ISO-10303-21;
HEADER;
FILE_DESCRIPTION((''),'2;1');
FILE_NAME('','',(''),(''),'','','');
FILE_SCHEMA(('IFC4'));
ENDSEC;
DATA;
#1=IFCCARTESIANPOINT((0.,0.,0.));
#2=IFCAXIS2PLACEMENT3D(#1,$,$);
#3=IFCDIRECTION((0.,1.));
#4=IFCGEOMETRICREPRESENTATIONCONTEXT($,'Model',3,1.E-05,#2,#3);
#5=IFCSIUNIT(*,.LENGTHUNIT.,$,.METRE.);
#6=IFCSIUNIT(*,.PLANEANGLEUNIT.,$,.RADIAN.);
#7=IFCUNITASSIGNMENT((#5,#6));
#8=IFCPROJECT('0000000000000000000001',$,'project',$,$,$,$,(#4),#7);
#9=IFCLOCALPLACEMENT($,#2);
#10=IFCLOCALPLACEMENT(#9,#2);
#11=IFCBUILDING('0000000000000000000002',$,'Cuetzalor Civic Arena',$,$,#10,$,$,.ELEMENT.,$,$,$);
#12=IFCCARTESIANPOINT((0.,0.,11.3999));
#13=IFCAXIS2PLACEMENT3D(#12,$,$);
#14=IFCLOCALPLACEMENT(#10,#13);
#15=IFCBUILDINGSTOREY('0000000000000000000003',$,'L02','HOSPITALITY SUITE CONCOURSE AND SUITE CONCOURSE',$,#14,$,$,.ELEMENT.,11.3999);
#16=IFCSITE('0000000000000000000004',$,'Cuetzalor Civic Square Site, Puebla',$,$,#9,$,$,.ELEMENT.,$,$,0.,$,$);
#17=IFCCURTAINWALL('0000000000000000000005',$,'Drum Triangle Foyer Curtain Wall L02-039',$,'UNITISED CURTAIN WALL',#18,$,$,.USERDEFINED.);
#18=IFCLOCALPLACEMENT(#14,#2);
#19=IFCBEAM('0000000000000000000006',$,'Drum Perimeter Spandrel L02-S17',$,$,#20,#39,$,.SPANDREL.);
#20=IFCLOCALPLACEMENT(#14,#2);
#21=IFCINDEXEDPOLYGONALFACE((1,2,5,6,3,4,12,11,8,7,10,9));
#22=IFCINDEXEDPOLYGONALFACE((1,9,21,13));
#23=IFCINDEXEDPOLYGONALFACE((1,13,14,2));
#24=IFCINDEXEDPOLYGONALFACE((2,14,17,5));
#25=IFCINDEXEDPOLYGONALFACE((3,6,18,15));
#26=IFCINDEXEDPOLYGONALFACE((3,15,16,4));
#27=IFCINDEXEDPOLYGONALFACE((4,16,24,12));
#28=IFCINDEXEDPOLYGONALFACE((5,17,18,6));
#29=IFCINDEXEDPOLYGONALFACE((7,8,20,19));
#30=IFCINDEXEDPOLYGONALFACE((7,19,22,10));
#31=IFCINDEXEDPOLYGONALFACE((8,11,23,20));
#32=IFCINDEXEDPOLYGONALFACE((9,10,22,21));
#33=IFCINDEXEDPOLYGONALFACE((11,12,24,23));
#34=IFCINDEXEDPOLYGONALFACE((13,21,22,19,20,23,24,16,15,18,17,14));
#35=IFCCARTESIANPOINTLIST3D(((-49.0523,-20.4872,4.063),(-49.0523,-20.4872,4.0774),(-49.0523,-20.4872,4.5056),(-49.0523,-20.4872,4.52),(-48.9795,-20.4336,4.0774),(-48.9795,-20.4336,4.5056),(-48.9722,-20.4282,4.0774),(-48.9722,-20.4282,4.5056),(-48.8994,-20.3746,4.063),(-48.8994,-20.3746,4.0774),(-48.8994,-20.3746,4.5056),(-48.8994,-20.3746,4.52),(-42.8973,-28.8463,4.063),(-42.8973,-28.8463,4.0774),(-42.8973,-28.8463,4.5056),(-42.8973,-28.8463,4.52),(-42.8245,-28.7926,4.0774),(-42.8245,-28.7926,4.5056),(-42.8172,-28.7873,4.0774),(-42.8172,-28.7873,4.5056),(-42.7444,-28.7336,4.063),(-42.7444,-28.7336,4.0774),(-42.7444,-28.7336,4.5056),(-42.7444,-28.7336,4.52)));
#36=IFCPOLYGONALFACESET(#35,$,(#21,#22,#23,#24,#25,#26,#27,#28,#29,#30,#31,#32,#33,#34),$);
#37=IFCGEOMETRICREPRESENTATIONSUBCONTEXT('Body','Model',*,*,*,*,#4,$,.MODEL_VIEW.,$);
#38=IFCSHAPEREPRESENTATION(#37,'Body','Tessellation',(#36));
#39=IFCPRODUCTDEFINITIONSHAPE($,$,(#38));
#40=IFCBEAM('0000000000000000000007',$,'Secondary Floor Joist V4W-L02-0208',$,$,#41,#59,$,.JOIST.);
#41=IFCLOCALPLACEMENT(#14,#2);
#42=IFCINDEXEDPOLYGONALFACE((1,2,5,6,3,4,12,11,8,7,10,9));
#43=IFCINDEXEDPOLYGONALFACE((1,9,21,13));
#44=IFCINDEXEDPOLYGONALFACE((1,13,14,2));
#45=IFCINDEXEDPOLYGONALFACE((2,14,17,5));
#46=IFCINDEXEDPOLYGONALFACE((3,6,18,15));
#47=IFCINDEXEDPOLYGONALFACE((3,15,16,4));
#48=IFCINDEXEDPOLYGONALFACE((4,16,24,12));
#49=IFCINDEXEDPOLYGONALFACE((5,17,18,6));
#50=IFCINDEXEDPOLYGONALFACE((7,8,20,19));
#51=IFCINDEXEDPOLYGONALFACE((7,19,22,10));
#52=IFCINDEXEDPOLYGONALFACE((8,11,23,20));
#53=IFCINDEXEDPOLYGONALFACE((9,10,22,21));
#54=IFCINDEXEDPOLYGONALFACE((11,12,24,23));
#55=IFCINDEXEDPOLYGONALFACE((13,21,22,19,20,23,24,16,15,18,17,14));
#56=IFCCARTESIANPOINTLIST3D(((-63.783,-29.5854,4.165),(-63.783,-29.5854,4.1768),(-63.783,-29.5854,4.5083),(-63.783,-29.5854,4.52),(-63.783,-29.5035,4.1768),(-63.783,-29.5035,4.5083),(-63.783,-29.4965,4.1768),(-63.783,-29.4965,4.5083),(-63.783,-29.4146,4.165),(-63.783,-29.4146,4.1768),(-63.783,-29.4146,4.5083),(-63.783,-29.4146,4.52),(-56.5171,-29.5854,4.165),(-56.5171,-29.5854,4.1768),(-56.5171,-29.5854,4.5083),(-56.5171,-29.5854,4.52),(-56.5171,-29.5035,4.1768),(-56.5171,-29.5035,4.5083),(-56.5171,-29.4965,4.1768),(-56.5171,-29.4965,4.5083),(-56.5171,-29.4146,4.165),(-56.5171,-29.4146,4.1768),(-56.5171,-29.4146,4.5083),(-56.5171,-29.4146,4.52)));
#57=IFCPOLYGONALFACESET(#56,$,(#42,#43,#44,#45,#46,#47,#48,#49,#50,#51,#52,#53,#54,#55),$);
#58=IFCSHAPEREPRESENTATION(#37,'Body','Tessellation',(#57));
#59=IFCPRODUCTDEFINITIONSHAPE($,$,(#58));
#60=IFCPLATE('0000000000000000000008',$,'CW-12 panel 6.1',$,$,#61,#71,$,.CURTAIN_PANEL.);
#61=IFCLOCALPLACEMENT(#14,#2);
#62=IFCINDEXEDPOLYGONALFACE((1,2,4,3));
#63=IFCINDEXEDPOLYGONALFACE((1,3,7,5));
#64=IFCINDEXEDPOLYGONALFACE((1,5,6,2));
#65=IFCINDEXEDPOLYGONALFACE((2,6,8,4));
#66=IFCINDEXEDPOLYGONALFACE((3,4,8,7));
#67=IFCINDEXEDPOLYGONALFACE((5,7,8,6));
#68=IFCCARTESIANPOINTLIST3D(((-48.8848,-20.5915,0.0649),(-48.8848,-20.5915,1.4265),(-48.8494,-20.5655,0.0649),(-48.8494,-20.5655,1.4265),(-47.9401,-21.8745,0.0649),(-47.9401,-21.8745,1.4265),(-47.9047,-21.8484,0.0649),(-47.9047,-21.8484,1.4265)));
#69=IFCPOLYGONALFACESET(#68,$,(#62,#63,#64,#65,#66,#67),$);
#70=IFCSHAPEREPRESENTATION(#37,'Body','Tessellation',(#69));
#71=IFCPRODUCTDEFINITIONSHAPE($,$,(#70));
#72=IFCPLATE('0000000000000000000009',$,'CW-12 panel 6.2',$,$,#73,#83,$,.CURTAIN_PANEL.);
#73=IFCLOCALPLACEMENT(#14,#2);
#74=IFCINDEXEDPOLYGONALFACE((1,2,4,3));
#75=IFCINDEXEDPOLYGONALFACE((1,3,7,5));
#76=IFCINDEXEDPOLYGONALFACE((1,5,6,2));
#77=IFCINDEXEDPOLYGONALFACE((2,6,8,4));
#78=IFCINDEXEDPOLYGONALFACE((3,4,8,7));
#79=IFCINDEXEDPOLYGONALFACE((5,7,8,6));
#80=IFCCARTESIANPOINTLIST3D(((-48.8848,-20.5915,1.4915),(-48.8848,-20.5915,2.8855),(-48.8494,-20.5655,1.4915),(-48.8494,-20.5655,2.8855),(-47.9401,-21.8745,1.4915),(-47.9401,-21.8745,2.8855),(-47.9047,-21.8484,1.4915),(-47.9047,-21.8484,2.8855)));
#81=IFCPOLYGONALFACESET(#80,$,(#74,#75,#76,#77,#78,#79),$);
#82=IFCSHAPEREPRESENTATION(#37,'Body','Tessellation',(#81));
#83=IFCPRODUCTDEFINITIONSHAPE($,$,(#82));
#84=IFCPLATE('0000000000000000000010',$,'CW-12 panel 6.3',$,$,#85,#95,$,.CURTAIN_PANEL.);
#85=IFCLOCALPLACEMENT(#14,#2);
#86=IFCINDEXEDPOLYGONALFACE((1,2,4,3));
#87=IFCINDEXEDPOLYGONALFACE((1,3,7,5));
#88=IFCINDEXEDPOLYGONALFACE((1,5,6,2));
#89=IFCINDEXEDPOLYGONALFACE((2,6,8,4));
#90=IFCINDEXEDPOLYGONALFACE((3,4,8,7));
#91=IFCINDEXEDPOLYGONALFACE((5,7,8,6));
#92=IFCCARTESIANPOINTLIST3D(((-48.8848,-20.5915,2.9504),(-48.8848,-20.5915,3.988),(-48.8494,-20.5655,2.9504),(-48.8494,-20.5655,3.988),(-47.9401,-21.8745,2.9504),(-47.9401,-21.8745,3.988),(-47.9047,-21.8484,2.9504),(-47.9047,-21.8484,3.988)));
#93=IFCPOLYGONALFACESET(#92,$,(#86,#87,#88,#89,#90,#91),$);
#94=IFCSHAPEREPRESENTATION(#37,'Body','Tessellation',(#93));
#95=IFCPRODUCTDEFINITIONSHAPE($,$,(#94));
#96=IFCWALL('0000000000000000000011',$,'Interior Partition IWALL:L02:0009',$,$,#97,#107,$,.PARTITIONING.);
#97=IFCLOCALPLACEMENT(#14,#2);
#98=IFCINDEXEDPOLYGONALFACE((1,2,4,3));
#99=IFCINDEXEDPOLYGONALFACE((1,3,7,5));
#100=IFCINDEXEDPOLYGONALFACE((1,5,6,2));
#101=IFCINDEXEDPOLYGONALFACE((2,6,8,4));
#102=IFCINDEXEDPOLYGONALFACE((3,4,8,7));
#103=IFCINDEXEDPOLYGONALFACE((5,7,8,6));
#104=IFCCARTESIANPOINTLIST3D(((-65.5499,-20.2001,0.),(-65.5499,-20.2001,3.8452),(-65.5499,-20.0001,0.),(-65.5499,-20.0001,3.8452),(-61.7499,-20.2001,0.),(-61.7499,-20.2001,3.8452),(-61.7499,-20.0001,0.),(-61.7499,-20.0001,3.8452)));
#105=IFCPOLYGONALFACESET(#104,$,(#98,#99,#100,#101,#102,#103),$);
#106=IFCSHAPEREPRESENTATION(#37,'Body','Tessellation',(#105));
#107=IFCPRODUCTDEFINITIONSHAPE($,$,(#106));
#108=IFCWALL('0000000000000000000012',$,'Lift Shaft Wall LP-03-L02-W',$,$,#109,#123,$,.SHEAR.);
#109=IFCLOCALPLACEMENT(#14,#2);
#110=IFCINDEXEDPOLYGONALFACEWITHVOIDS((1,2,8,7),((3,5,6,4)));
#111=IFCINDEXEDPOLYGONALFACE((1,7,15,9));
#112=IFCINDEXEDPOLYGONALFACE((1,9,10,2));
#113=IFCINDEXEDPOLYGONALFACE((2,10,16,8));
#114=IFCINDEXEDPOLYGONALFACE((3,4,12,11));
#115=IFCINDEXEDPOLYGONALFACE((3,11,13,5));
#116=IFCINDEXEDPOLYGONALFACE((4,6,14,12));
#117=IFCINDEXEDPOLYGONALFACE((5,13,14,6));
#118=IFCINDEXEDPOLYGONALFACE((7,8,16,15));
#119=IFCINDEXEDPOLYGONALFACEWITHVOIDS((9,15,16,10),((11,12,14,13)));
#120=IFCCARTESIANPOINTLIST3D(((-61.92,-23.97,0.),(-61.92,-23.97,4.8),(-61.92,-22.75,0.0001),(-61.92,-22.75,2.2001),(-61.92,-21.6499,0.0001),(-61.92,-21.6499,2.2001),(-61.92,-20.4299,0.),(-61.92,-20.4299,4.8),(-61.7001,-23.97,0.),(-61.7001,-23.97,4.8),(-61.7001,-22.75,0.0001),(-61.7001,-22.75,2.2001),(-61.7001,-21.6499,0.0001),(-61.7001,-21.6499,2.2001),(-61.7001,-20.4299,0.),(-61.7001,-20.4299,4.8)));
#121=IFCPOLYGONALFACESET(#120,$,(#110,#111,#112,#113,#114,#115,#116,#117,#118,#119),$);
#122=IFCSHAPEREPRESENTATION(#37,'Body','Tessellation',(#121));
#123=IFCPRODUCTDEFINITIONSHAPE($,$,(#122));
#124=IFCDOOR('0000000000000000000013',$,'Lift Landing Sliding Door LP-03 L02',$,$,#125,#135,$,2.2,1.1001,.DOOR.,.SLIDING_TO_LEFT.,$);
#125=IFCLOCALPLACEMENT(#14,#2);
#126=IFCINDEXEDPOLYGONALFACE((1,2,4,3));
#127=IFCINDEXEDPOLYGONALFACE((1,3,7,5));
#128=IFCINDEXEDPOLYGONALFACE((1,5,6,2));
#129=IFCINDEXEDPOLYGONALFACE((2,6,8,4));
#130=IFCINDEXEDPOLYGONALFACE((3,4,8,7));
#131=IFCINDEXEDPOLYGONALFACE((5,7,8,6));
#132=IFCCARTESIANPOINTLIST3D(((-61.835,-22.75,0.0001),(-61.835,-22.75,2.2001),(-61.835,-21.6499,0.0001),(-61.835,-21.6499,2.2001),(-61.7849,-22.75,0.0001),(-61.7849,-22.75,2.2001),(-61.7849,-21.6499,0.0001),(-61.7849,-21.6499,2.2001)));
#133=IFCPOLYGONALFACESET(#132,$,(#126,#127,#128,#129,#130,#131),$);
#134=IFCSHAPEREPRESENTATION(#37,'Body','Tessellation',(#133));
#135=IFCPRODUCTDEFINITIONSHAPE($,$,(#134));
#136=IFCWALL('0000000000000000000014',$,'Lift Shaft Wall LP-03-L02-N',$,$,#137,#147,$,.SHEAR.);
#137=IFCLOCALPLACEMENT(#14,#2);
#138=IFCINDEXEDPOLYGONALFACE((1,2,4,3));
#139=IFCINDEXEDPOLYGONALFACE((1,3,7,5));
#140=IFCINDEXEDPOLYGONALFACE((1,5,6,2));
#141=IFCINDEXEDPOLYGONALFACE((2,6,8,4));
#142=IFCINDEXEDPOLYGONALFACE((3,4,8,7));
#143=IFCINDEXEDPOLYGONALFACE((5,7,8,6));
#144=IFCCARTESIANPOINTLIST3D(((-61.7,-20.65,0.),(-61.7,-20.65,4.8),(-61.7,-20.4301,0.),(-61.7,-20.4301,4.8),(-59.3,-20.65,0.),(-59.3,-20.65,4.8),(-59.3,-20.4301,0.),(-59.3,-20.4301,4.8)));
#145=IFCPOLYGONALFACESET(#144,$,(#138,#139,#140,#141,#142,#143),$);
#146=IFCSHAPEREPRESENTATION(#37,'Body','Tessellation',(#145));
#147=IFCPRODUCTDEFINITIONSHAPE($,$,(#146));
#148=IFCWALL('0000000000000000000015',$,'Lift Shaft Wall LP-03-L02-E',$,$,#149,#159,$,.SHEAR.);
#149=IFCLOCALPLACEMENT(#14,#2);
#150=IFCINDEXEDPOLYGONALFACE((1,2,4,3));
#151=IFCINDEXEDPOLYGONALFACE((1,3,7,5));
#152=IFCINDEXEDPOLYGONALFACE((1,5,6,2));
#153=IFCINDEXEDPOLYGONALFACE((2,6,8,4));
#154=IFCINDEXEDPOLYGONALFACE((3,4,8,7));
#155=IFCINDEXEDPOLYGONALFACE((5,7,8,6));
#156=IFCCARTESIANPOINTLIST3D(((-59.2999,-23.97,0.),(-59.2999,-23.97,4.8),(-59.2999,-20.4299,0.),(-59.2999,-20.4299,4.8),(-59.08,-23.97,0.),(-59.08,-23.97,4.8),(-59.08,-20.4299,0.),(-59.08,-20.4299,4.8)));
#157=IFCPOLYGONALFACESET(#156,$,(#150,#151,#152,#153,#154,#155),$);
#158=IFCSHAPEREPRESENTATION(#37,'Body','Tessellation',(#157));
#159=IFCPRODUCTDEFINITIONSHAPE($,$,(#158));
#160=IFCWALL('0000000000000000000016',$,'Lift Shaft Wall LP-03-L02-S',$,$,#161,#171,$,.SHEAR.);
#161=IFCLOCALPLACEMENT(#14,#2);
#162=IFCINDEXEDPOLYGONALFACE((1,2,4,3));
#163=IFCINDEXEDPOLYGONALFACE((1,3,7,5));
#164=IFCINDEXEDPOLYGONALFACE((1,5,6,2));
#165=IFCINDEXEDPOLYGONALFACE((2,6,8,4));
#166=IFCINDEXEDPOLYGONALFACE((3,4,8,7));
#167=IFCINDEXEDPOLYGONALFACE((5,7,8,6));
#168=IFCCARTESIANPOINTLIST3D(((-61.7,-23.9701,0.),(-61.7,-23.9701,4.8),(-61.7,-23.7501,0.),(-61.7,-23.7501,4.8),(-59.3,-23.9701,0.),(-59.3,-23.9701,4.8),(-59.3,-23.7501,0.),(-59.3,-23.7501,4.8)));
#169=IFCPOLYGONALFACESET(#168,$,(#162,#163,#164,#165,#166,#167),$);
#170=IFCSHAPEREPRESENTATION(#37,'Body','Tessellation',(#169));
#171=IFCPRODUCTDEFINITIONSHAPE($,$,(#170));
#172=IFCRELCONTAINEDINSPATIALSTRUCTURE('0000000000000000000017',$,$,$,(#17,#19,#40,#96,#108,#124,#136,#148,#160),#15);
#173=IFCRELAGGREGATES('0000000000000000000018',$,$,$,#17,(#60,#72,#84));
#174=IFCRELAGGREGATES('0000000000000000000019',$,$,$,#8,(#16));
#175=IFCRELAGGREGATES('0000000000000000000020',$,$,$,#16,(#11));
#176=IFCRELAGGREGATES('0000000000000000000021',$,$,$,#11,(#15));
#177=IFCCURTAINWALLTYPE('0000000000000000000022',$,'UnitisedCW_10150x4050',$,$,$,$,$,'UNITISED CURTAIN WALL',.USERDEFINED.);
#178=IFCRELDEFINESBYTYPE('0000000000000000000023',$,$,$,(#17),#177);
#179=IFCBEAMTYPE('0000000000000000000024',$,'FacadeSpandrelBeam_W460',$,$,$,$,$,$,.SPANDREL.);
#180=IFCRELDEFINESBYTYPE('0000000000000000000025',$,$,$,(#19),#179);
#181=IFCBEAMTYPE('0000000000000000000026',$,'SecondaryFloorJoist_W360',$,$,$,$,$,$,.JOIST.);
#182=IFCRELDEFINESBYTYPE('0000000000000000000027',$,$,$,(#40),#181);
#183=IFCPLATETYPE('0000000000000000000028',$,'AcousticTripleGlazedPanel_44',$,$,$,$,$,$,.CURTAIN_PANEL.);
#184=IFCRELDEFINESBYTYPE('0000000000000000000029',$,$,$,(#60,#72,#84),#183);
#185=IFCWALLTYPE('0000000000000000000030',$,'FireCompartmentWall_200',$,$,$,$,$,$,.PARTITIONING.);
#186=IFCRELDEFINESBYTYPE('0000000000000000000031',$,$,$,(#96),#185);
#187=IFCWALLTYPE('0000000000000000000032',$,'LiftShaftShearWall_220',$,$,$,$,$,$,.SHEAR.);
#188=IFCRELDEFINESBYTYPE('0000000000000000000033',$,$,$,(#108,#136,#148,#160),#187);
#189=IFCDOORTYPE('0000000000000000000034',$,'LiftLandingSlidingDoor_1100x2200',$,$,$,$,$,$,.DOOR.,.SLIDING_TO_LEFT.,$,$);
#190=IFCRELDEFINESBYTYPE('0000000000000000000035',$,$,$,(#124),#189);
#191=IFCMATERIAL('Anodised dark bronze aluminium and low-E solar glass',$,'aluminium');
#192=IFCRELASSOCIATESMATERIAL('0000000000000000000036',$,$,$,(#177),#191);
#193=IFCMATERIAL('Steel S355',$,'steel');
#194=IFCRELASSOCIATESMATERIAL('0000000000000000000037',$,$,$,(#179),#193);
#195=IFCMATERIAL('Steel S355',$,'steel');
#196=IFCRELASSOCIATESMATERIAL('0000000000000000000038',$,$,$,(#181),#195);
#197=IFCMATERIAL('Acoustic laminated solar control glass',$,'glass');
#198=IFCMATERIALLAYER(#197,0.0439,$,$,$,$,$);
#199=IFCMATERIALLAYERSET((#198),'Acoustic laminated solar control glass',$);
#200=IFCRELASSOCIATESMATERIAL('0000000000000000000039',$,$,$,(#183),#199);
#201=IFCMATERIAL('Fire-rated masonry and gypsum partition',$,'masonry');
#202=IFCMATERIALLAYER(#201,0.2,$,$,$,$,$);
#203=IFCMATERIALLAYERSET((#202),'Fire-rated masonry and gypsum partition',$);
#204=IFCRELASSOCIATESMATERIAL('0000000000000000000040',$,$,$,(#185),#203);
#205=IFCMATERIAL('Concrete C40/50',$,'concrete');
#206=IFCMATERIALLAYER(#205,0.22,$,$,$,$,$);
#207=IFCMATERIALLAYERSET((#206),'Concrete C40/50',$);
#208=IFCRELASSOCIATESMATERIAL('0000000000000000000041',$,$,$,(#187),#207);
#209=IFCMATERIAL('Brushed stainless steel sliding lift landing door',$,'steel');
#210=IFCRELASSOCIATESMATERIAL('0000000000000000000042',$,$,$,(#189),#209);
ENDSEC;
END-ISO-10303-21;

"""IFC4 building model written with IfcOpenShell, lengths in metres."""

from ifc_helpers import new_model, si_unit, direction, frame, frame_2d, origin, origin_2d, place, context, subcontext, project, spatial, rectangle, i_section, extrude, material, layer, layer_set, material_profile, profile_set, type_object, element, fill, aggregate, save


model = new_model("IFC4")

# Units and contexts
model_context = context("Model", 3, precision=1e-05, world=origin(), true_north=direction((0.0, 1.0)))
body_context = subcontext(model_context, "Body", "Model", "MODEL_VIEW")
ifc_project = project(units=[si_unit("LENGTHUNIT", "METRE"), si_unit("PLANEANGLEUNIT", "RADIAN")], contexts=[model_context])

# Site, building, storey
site_placement = place(None, origin())
site = spatial("IfcSite", under=ifc_project, at=site_placement, Name="Cuetzalor Civic Square Site, Puebla", CompositionType="ELEMENT", RefElevation=0.0)
building_placement = place(site_placement, origin())
building = spatial("IfcBuilding", under=site, at=building_placement, Name="Cuetzalor Civic Arena", CompositionType="ELEMENT")
storey_placement = place(building_placement, frame((0.0, 0.0, 11.3999)))
storey = spatial("IfcBuildingStorey", under=building, at=storey_placement, Name="L02", Description="HOSPITALITY SUITE CONCOURSE AND SUITE CONCOURSE", CompositionType="ELEMENT", Elevation=11.3999)

# Curtain wall
ifc_material_1 = material(Name="Anodised dark bronze aluminium and low-E solar glass", Category="aluminium")
curtain_wall_type = type_object("IfcCurtainWallType", Name="UnitisedCW_10150x4050", ElementType="UNITISED CURTAIN WALL", PredefinedType="USERDEFINED", material=ifc_material_1)
curtain_wall_placement = place(storey_placement, origin())
curtain_wall = element("IfcCurtainWall", 1, at=curtain_wall_placement, inside=storey, type_object=curtain_wall_type, Name="Drum Triangle Foyer Curtain Wall L02-039", ObjectType="UNITISED CURTAIN WALL", PredefinedType="USERDEFINED")

# Beams
ifc_material_2 = material(Name="Steel S355", Category="steel")
ifc_material_profile_1 = material_profile(ifc_material_2, i_section(OverallWidth=0.1899, OverallDepth=0.457, WebThickness=0.009, FlangeThickness=0.0144, at=origin_2d()), Name="W460x74")
ifc_profile_set_1 = profile_set([ifc_material_profile_1], Name="Steel S355")
beam_type_1 = type_object("IfcBeamType", Name="FacadeSpandrelBeam_W460", PredefinedType="SPANDREL", material=ifc_profile_set_1)
beam_1_placement = place(storey_placement, frame((-48.9758, -20.4309, 4.2915), z_axis=(0.592929, -0.805255, 0.0), x_axis=(0.805255, 0.592929, 0.0)))
element("IfcBeam", 2, at=beam_1_placement, inside=storey, type_object=beam_type_1, Name="Drum Perimeter Spandrel L02-S17", PredefinedType="SPANDREL", context=body_context, shape_type="SweptSolid", body=[
    extrude(i_section(OverallWidth=0.1899, OverallDepth=0.457, WebThickness=0.009, FlangeThickness=0.0144, at=origin_2d()), origin(), (0.0, 0.0, 1.0), 10.3806),
])
ifc_material_3 = material(Name="Steel S355", Category="steel")
ifc_material_profile_2 = material_profile(ifc_material_3, i_section(OverallWidth=0.1709, OverallDepth=0.355, WebThickness=0.0071, FlangeThickness=0.0117, at=origin_2d()), Name="W360x51")
ifc_profile_set_2 = profile_set([ifc_material_profile_2], Name="Steel S355")
beam_type_2 = type_object("IfcBeamType", Name="SecondaryFloorJoist_W360", PredefinedType="JOIST", material=ifc_profile_set_2)
beam_2_placement = place(storey_placement, frame((-63.783, -29.5, 4.3425), z_axis=(1.0, 0.0, 0.0), x_axis=(0.0, 1.0, 0.0)))
element("IfcBeam", 3, at=beam_2_placement, inside=storey, type_object=beam_type_2, Name="Secondary Floor Joist V4W-L02-0208", PredefinedType="JOIST", context=body_context, shape_type="SweptSolid", body=[
    extrude(i_section(OverallWidth=0.1709, OverallDepth=0.355, WebThickness=0.0071, FlangeThickness=0.0117, at=origin_2d()), origin(), (0.0, 0.0, 1.0), 7.2659),
])

# Plates
ifc_material_4 = material(Name="Acoustic laminated solar control glass", Category="glass")
ifc_layer_1 = layer(ifc_material_4, 0.0439)
ifc_layer_set_1 = layer_set([ifc_layer_1], Name="Acoustic laminated solar control glass")
plate_type = type_object("IfcPlateType", Name="AcousticTripleGlazedPanel_44", PredefinedType="CURTAIN_PANEL", material=ifc_layer_set_1)
plate_1_placement = place(storey_placement, frame((-48.3948, -21.22, 0.0649), z_axis=(0.0, 0.0, 1.0), x_axis=(-0.592929, 0.805255, 0.0)))
plate_1 = element("IfcPlate", 4, at=plate_1_placement, type_object=plate_type, Name="CW-12 panel 6.1", PredefinedType="CURTAIN_PANEL", context=body_context, shape_type="SweptSolid", body=[
    extrude(rectangle(XDim=1.5933, YDim=0.0439, at=origin_2d()), origin(), (0.0, 0.0, 1.0), 1.3616),
])
plate_2_placement = place(storey_placement, frame((-48.3948, -21.22, 1.4915), z_axis=(0.0, 0.0, 1.0), x_axis=(-0.592929, 0.805255, 0.0)))
plate_2 = element("IfcPlate", 5, at=plate_2_placement, type_object=plate_type, Name="CW-12 panel 6.2", PredefinedType="CURTAIN_PANEL", context=body_context, shape_type="SweptSolid", body=[
    extrude(rectangle(XDim=1.5933, YDim=0.0439, at=origin_2d()), origin(), (0.0, 0.0, 1.0), 1.394),
])
plate_3_placement = place(storey_placement, frame((-48.3948, -21.22, 2.9504), z_axis=(0.0, 0.0, 1.0), x_axis=(-0.592929, 0.805255, 0.0)))
plate_3 = element("IfcPlate", 6, at=plate_3_placement, type_object=plate_type, Name="CW-12 panel 6.3", PredefinedType="CURTAIN_PANEL", context=body_context, shape_type="SweptSolid", body=[
    extrude(rectangle(XDim=1.5933, YDim=0.0439, at=origin_2d()), origin(), (0.0, 0.0, 1.0), 1.0376),
])
aggregate(curtain_wall, [plate_1, plate_2, plate_3])

# Wall
ifc_material_5 = material(Name="Fire-rated masonry and gypsum partition", Category="masonry")
ifc_layer_2 = layer(ifc_material_5, 0.2)
ifc_layer_set_2 = layer_set([ifc_layer_2], Name="Fire-rated masonry and gypsum partition")
wall_type_1 = type_object("IfcWallType", Name="FireCompartmentWall_200", PredefinedType="PARTITIONING", material=ifc_layer_set_2)
wall_1_placement = place(storey_placement, frame((-61.75, -20.1001, 0.0), z_axis=(0.0, 0.0, 1.0), x_axis=(-1.0, 0.0, 0.0)))
element("IfcWall", 7, at=wall_1_placement, inside=storey, type_object=wall_type_1, Name="Interior Partition IWALL:L02:0009", PredefinedType="PARTITIONING", context=body_context, shape_type="SweptSolid", body=[
    extrude(rectangle(XDim=3.8, YDim=0.2, at=frame_2d((1.8999, 0.0))), origin(), (0.0, 0.0, 1.0), 3.8452),
])

# Wall, opening, door
ifc_material_6 = material(Name="Concrete C40/50", Category="concrete")
ifc_layer_3 = layer(ifc_material_6, 0.22)
ifc_layer_set_3 = layer_set([ifc_layer_3], Name="Concrete C40/50")
wall_type_2 = type_object("IfcWallType", Name="LiftShaftShearWall_220", PredefinedType="SHEAR", material=ifc_layer_set_3)
wall_2_placement = place(storey_placement, frame((-61.8101, -23.97, 0.0), z_axis=(0.0, 0.0, 1.0), x_axis=(0.0, 1.0, 0.0)))
wall_2 = element("IfcWall", 8, at=wall_2_placement, inside=storey, type_object=wall_type_2, Name="Lift Shaft Wall LP-03-L02-W", PredefinedType="SHEAR", context=body_context, shape_type="SweptSolid", body=[
    extrude(rectangle(XDim=3.54, YDim=0.22, at=frame_2d((1.77, 0.0))), origin(), (0.0, 0.0, 1.0), 4.8),
])
opening_placement = place(wall_2_placement, frame((1.22, 0.0, 0.0)))
opening = element("IfcOpeningElement", 9, at=opening_placement, cuts=wall_2, PredefinedType="OPENING", context=body_context, shape_type="SweptSolid", body=[
    extrude(rectangle(XDim=1.1001, YDim=2.2, at=frame_2d((0.55, 1.1001))), frame((0.0, 0.1201, 0.0), z_axis=(0.0, -1.0, 0.0), x_axis=(1.0, 0.0, 0.0)), (0.0, 0.0, 1.0), 0.24),
])
ifc_material_7 = material(Name="Brushed stainless steel sliding lift landing door", Category="steel")
door_type = type_object("IfcDoorType", Name="LiftLandingSlidingDoor_1100x2200", OperationType="SLIDING_TO_LEFT", PredefinedType="DOOR", material=ifc_material_7)
door_placement = place(opening_placement, origin())
door = element("IfcDoor", 10, at=door_placement, inside=storey, type_object=door_type, Name="Lift Landing Sliding Door LP-03 L02", OperationType="SLIDING_TO_LEFT", OverallHeight=2.2, OverallWidth=1.1001, PredefinedType="DOOR", context=body_context, shape_type="SweptSolid", body=[
    extrude(rectangle(XDim=1.1001, YDim=2.2, at=frame_2d((0.55, 1.1001))), frame((0.0, 0.0249, 0.0), z_axis=(0.0, -1.0, 0.0), x_axis=(1.0, 0.0, 0.0)), (0.0, 0.0, 1.0), 0.05),
])
fill(opening, door)

# Walls
wall_3_placement = place(storey_placement, frame((-61.7, -20.54, 0.0), z_axis=(0.0, 0.0, 1.0), x_axis=(1.0, 0.0, 0.0)))
element("IfcWall", 11, at=wall_3_placement, inside=storey, type_object=wall_type_2, Name="Lift Shaft Wall LP-03-L02-N", PredefinedType="SHEAR", context=body_context, shape_type="SweptSolid", body=[
    extrude(rectangle(XDim=2.3999, YDim=0.22, at=frame_2d((1.2, 0.0))), origin(), (0.0, 0.0, 1.0), 4.8),
])
wall_4_placement = place(storey_placement, frame((-59.1899, -20.4299, 0.0), z_axis=(0.0, 0.0, 1.0), x_axis=(0.0, -1.0, 0.0)))
element("IfcWall", 12, at=wall_4_placement, inside=storey, type_object=wall_type_2, Name="Lift Shaft Wall LP-03-L02-E", PredefinedType="SHEAR", context=body_context, shape_type="SweptSolid", body=[
    extrude(rectangle(XDim=3.54, YDim=0.22, at=frame_2d((1.77, 0.0))), origin(), (0.0, 0.0, 1.0), 4.8),
])
wall_5_placement = place(storey_placement, frame((-59.3, -23.8601, 0.0), z_axis=(0.0, 0.0, 1.0), x_axis=(-1.0, 0.0, 0.0)))
element("IfcWall", 13, at=wall_5_placement, inside=storey, type_object=wall_type_2, Name="Lift Shaft Wall LP-03-L02-S", PredefinedType="SHEAR", context=body_context, shape_type="SweptSolid", body=[
    extrude(rectangle(XDim=2.3999, YDim=0.22, at=frame_2d((1.2, 0.0))), origin(), (0.0, 0.0, 1.0), 4.8),
])

save(model, "model.ifc")
